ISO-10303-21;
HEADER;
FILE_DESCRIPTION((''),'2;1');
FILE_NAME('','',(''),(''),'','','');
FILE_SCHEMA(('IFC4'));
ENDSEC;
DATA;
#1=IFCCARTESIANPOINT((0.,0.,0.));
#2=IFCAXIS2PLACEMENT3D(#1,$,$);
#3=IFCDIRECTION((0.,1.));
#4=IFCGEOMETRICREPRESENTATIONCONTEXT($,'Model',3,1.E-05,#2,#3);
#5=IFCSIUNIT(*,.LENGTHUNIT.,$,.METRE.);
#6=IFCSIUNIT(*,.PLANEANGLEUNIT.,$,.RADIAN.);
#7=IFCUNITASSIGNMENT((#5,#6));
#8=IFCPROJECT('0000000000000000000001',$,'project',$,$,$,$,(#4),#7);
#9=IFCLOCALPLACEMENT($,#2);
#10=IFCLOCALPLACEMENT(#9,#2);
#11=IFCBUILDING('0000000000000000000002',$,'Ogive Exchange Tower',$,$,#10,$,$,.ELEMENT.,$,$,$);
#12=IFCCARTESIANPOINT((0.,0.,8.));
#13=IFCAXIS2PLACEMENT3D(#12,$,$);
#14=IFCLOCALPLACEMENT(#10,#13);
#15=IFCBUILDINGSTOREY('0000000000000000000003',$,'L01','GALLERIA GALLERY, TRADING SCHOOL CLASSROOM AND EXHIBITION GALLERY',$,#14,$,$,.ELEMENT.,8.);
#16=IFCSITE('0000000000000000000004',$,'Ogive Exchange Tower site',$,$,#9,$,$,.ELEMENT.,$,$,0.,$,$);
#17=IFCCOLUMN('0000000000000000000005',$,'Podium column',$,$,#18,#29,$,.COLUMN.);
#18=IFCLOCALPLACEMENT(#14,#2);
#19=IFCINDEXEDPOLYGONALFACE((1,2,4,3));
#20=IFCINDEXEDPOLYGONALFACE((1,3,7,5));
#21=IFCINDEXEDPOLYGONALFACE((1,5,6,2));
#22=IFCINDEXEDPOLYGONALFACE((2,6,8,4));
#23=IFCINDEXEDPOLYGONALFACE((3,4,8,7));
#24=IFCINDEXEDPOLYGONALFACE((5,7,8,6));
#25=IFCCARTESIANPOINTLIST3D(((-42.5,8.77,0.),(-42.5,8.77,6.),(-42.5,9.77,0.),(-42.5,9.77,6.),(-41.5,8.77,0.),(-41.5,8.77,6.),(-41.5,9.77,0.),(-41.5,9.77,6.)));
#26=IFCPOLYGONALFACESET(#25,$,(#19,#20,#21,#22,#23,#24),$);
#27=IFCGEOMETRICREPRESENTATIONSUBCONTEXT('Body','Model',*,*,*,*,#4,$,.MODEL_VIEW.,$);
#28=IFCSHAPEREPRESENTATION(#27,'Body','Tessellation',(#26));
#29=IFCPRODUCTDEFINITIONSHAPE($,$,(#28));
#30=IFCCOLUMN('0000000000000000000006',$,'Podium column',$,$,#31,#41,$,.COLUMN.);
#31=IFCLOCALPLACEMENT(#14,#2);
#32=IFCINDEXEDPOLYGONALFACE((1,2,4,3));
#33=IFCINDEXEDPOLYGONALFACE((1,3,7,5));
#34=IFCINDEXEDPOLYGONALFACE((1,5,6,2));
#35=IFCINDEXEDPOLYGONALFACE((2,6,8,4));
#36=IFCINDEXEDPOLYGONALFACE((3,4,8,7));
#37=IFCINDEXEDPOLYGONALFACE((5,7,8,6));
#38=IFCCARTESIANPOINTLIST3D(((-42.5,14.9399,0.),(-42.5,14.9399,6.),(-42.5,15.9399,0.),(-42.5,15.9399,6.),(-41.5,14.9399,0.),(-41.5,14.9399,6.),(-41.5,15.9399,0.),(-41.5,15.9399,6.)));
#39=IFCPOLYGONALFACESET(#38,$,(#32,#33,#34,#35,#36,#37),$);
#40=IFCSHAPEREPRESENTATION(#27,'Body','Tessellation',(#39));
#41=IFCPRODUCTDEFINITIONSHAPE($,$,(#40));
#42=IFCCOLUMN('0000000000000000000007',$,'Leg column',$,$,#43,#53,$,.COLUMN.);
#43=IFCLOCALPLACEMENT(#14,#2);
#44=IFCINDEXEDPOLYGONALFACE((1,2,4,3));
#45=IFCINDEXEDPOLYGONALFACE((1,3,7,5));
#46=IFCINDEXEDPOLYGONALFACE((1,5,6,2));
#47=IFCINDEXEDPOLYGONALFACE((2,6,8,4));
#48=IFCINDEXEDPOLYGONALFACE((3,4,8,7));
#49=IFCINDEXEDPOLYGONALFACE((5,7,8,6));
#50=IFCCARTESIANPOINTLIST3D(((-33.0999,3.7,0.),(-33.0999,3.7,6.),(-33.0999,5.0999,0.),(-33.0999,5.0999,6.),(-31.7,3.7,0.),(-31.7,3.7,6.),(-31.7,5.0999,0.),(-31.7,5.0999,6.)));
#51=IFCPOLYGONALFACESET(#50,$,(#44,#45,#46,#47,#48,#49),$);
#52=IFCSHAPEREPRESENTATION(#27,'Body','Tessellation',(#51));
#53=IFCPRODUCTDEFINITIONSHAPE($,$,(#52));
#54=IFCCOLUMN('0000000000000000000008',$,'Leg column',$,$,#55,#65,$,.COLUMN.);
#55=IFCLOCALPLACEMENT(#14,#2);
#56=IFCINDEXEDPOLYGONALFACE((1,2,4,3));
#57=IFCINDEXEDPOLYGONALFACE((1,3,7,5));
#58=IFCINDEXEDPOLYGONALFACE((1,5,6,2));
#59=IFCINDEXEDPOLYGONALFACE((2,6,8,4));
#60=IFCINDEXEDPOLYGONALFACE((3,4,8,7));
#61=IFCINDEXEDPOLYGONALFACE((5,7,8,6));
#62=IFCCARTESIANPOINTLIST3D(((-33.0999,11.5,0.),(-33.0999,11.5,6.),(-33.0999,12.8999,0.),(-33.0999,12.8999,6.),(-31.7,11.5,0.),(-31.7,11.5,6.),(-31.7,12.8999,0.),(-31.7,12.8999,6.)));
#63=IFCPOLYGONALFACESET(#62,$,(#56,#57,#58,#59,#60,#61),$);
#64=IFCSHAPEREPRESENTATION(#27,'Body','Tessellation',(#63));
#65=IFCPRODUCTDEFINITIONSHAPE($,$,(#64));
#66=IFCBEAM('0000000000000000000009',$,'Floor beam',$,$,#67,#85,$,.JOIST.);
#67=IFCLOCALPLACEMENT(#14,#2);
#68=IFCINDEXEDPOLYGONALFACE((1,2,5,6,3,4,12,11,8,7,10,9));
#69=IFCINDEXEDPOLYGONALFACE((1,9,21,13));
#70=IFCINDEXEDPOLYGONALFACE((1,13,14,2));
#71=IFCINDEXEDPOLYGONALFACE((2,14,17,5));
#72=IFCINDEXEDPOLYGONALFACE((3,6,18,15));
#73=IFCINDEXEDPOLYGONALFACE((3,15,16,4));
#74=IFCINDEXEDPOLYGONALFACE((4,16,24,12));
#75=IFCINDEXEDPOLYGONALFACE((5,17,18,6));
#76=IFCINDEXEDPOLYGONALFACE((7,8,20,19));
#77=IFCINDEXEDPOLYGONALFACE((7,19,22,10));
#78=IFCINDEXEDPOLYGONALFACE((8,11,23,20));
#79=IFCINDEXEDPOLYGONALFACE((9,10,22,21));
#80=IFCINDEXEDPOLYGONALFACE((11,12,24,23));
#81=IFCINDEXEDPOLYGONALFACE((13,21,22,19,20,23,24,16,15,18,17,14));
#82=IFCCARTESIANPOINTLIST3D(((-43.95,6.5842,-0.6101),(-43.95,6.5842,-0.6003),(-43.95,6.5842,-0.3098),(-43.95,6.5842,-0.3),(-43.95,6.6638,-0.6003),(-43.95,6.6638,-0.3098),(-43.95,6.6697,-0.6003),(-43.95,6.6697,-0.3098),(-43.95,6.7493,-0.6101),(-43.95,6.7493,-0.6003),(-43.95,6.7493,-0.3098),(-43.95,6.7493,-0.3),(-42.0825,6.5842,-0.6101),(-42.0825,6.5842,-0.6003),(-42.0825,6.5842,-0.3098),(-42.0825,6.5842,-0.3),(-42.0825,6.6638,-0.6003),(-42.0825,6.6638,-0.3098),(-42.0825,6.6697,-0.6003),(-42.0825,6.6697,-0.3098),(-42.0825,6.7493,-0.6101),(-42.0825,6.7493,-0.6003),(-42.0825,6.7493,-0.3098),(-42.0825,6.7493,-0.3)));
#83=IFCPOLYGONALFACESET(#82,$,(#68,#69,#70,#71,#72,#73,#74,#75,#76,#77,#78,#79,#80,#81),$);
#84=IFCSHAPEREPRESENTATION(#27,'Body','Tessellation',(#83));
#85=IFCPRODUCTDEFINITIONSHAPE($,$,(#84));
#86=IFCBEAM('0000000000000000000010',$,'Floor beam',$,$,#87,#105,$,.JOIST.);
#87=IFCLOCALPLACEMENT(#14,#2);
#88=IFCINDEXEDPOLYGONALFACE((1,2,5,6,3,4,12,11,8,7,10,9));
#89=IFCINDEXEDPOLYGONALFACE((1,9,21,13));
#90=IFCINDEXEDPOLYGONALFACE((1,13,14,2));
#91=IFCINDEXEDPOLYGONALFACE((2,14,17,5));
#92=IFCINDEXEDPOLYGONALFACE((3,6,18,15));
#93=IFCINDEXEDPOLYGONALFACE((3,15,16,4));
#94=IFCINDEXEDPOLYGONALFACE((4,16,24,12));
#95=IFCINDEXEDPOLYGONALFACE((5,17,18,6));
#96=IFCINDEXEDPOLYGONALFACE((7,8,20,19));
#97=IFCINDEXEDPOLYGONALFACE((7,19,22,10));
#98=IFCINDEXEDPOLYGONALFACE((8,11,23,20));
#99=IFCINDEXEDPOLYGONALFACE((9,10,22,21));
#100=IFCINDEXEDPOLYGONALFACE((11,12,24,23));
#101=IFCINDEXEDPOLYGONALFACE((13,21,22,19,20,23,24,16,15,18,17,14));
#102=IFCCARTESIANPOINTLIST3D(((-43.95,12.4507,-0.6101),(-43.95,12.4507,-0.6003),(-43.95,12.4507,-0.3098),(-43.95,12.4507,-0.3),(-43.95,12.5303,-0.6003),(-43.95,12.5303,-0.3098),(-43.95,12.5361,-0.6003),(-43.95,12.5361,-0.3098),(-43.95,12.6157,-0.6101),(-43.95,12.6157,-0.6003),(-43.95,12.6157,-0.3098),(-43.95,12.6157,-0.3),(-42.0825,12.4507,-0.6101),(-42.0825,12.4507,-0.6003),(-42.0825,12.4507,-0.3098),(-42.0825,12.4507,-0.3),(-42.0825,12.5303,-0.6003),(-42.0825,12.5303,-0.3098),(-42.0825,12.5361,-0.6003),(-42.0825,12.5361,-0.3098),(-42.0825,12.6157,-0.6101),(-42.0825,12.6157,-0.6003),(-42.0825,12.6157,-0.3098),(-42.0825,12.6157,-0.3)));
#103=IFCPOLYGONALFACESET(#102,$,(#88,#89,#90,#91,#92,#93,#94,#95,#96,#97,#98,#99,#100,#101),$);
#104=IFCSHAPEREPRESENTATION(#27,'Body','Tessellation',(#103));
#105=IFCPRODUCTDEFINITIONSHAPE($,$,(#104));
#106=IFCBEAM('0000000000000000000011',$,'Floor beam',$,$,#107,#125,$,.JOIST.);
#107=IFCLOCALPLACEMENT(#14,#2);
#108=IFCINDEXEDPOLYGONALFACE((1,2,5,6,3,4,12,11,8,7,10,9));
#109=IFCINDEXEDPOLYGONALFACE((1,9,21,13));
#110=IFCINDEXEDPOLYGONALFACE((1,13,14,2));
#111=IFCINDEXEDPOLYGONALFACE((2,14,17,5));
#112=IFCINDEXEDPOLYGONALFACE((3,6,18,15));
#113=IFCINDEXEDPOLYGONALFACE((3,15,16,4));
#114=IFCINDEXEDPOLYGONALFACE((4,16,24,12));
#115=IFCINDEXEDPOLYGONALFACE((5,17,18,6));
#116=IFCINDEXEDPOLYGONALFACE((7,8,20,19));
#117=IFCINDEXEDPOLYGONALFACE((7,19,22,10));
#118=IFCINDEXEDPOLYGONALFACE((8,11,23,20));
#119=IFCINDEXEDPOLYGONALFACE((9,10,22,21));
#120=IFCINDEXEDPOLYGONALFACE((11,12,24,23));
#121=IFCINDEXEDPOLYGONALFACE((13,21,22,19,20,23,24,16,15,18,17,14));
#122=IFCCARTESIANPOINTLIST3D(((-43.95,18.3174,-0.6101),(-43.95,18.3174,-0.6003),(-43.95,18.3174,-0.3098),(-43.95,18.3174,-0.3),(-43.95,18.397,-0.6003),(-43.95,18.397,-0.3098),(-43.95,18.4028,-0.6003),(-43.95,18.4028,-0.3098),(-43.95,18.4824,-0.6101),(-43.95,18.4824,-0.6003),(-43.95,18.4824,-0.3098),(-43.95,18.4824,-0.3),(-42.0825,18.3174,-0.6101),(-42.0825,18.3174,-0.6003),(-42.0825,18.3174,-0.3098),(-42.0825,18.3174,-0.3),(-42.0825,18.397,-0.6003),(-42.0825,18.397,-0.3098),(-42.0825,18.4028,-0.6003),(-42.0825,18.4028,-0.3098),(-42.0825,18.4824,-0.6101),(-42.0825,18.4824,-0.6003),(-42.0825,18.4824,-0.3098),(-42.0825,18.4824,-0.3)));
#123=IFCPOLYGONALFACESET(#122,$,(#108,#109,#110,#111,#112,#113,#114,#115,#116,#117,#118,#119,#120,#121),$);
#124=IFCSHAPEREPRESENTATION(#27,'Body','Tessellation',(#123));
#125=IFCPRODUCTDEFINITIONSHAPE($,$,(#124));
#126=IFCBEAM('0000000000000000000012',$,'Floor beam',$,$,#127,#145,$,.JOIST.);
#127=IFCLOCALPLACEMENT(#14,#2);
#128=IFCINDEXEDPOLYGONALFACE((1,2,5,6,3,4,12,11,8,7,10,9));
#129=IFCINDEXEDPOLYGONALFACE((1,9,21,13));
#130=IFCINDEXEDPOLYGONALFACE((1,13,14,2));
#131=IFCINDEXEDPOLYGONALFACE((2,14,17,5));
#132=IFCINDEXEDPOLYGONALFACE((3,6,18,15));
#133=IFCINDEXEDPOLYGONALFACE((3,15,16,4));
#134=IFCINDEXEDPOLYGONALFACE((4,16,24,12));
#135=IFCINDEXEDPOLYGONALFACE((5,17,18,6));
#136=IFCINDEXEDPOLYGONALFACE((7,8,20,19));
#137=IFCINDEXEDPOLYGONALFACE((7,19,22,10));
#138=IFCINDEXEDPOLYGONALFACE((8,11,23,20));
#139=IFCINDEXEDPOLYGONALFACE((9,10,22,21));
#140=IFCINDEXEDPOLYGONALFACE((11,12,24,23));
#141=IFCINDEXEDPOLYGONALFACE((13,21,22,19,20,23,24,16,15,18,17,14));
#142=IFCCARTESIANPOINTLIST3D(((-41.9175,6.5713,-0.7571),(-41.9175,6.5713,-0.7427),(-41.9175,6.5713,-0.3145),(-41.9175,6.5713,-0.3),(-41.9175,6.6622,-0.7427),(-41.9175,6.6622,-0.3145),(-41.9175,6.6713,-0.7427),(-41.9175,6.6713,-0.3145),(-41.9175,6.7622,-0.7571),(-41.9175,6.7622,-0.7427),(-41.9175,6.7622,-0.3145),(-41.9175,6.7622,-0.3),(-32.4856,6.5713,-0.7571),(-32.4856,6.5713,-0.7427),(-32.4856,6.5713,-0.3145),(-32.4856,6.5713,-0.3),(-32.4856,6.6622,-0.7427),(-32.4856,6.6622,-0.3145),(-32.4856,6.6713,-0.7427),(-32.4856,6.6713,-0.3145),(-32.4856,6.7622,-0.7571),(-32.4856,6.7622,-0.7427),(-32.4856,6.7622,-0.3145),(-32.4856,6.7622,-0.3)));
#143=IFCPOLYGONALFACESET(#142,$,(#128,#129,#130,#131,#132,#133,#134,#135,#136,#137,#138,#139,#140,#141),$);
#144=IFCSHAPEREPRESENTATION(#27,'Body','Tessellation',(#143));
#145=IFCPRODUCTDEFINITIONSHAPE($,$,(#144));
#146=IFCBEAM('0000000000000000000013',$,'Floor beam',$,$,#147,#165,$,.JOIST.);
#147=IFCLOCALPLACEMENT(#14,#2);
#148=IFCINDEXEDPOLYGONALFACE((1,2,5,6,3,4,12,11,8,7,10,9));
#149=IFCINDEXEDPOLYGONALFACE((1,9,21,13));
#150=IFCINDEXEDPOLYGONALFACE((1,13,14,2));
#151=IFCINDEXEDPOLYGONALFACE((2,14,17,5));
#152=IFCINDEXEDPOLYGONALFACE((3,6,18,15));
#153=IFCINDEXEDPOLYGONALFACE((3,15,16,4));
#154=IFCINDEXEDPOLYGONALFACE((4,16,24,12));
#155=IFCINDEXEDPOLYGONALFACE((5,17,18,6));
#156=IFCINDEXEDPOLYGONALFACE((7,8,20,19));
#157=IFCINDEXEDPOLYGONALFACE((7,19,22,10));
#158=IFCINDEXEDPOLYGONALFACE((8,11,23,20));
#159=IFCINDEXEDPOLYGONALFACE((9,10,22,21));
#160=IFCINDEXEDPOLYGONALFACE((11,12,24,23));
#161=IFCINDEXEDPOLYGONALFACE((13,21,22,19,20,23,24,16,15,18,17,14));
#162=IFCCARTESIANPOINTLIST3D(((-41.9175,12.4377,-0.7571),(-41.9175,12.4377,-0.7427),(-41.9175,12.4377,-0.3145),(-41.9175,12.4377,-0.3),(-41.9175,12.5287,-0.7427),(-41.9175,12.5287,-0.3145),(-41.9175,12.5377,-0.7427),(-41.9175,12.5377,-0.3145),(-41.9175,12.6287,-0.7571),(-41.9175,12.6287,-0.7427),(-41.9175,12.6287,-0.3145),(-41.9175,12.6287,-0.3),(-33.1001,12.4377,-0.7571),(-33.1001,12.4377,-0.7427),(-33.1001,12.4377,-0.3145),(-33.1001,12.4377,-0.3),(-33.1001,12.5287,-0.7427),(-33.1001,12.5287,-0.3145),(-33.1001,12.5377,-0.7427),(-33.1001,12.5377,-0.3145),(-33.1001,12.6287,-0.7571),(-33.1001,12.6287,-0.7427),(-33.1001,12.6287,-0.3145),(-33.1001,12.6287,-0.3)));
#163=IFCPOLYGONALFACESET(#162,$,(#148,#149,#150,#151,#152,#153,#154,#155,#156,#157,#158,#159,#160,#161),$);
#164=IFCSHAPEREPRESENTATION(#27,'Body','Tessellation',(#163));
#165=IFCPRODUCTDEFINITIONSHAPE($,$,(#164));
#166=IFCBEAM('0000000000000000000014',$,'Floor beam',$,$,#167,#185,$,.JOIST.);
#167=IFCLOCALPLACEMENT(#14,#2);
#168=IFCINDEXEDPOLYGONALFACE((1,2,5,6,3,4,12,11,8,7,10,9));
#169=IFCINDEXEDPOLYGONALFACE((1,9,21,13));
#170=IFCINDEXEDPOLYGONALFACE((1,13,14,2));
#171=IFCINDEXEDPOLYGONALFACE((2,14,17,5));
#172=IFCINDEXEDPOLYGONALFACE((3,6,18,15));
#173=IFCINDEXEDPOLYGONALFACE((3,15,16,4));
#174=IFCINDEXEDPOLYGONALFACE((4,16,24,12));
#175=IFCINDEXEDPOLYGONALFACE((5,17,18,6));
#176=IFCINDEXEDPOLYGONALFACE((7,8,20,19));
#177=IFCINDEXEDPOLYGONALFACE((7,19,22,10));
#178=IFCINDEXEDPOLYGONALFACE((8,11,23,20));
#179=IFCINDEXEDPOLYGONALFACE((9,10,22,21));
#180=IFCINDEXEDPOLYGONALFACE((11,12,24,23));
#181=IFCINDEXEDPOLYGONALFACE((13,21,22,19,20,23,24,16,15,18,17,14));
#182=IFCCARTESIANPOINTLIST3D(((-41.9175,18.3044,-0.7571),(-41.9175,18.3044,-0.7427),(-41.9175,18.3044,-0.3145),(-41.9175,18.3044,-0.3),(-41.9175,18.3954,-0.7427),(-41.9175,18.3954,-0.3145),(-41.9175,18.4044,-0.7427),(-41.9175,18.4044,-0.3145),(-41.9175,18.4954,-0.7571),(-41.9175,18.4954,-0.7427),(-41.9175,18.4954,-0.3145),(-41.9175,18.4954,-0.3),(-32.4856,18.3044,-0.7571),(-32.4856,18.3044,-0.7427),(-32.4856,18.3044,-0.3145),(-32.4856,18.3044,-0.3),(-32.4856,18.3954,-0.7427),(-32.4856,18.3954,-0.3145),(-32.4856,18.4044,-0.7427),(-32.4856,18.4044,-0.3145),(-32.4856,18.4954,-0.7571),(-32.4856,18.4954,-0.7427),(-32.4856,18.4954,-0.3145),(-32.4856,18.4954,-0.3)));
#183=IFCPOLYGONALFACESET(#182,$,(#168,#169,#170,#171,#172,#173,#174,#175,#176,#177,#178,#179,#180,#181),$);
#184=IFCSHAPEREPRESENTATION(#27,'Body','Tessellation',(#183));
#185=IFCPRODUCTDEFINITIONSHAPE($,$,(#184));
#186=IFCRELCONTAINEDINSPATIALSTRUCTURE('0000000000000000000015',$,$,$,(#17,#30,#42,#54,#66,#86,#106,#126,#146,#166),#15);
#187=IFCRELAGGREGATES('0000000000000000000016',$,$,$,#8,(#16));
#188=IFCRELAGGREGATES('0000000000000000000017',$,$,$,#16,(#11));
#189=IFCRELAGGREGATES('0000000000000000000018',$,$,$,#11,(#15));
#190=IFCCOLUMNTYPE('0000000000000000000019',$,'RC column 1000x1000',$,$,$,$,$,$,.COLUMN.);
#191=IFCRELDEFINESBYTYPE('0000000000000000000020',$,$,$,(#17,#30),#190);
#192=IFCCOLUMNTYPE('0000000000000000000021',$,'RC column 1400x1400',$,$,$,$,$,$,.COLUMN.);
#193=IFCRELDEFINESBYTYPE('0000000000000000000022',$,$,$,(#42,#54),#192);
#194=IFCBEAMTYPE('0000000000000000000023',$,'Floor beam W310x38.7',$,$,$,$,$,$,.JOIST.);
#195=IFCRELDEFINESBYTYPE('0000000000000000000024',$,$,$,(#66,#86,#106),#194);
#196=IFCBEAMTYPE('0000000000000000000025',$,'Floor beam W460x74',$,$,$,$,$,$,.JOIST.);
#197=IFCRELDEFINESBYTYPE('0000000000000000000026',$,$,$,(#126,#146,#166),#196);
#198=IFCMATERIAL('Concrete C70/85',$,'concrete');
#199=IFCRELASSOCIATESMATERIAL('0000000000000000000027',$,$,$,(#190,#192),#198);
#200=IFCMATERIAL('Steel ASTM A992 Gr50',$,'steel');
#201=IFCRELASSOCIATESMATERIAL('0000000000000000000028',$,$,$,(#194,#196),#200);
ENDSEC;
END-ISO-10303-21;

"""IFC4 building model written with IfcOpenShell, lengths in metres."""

from ifc_helpers import new_model, si_unit, direction, frame, origin, origin_2d, place, context, subcontext, project, spatial, rectangle, i_section, extrude, material, material_profile, profile_set, type_object, element, save


model = new_model("IFC4")

# Units and contexts
model_context = context("Model", 3, precision=1e-05, world=origin(), true_north=direction((0.0, 1.0)))
body_context = subcontext(model_context, "Body", "Model", "MODEL_VIEW")
ifc_project = project(units=[si_unit("LENGTHUNIT", "METRE"), si_unit("PLANEANGLEUNIT", "RADIAN")], contexts=[model_context])

# Site, building, storey
site_placement = place(None, origin())
site = spatial("IfcSite", under=ifc_project, at=site_placement, Name="Ogive Exchange Tower site", CompositionType="ELEMENT", RefElevation=0.0)
building_placement = place(site_placement, origin())
building = spatial("IfcBuilding", under=site, at=building_placement, Name="Ogive Exchange Tower", CompositionType="ELEMENT")
storey_placement = place(building_placement, frame((0.0, 0.0, 8.0)))
storey = spatial("IfcBuildingStorey", under=building, at=storey_placement, Name="L01", Description="GALLERIA GALLERY, TRADING SCHOOL CLASSROOM AND EXHIBITION GALLERY", CompositionType="ELEMENT", Elevation=8.0)

# Columns
ifc_material_1 = material(Name="Concrete C70/85", Category="concrete")
ifc_material_profile_1 = material_profile(ifc_material_1, rectangle(XDim=1.0, YDim=1.0, at=origin_2d()), Name="RC 1000x1000")
ifc_profile_set_1 = profile_set([ifc_material_profile_1], Name="Concrete C70/85")
column_type_1 = type_object("IfcColumnType", Name="RC column 1000x1000", PredefinedType="COLUMN", material=ifc_profile_set_1)
for number, where, z_axis, x_axis, name in (
    (1, (-42.0, 9.27, 0.0), (0.0, 0.0, 1.0), (1.0, 0.0, 0.0), "Podium column"),
    (2, (-42.0, 15.4399, 0.0), (0.0, 0.0, 1.0), (1.0, 0.0, 0.0), "Podium column"),
):
    element("IfcColumn", number, at=place(storey_placement, frame(where, z_axis=z_axis, x_axis=x_axis)), inside=storey, type_object=column_type_1, Name=name, PredefinedType="COLUMN", context=body_context, shape_type="SweptSolid", body=[
        extrude(rectangle(XDim=1.0, YDim=1.0, at=origin_2d()), origin(), (0.0, 0.0, 1.0), 6.0),
    ])
ifc_material_profile_2 = material_profile(ifc_material_1, rectangle(XDim=1.3999, YDim=1.3999, at=origin_2d()), Name="RC 1400x1400")
ifc_profile_set_2 = profile_set([ifc_material_profile_2], Name="Concrete C70/85")
column_type_2 = type_object("IfcColumnType", Name="RC column 1400x1400", PredefinedType="COLUMN", material=ifc_profile_set_2)
for number, where, z_axis, x_axis, name in (
    (3, (-32.3999, 4.3999, 0.0), (0.0, 0.0, 1.0), (1.0, 0.0, 0.0), "Leg column"),
    (4, (-32.3999, 12.2, 0.0), (0.0, 0.0, 1.0), (1.0, 0.0, 0.0), "Leg column"),
):
    element("IfcColumn", number, at=place(storey_placement, frame(where, z_axis=z_axis, x_axis=x_axis)), inside=storey, type_object=column_type_2, Name=name, PredefinedType="COLUMN", context=body_context, shape_type="SweptSolid", body=[
        extrude(rectangle(XDim=1.3999, YDim=1.3999, at=origin_2d()), origin(), (0.0, 0.0, 1.0), 6.0),
    ])

# Beams
ifc_material_2 = material(Name="Steel ASTM A992 Gr50", Category="steel")
ifc_material_profile_3 = material_profile(ifc_material_2, i_section(OverallWidth=0.165, OverallDepth=0.3101, WebThickness=0.0059, FlangeThickness=0.0098, at=origin_2d()), Name="W310x38.7")
ifc_profile_set_3 = profile_set([ifc_material_profile_3], Name="Steel ASTM A992 Gr50")
beam_type_1 = type_object("IfcBeamType", Name="Floor beam W310x38.7", PredefinedType="JOIST", material=ifc_profile_set_3)
for number, where, z_axis, x_axis, name in (
    (5, (-43.95, 6.6667, -0.4551), (1.0, 0.0, 0.0), (0.0, 1.0, 0.0), "Floor beam"),
    (6, (-43.95, 12.5332, -0.4551), (1.0, 0.0, 0.0), (0.0, 1.0, 0.0), "Floor beam"),
    (7, (-43.95, 18.3999, -0.4551), (1.0, 0.0, 0.0), (0.0, 1.0, 0.0), "Floor beam"),
):
    element("IfcBeam", number, at=place(storey_placement, frame(where, z_axis=z_axis, x_axis=x_axis)), inside=storey, type_object=beam_type_1, Name=name, PredefinedType="JOIST", context=body_context, shape_type="SweptSolid", body=[
        extrude(i_section(OverallWidth=0.165, OverallDepth=0.3101, WebThickness=0.0059, FlangeThickness=0.0098, at=origin_2d()), origin(), (0.0, 0.0, 1.0), 1.8674),
    ])
ifc_material_profile_4 = material_profile(ifc_material_2, i_section(OverallWidth=0.1909, OverallDepth=0.457, WebThickness=0.009, FlangeThickness=0.0144, at=origin_2d()), Name="W460x74")
ifc_profile_set_4 = profile_set([ifc_material_profile_4], Name="Steel ASTM A992 Gr50")
beam_type_2 = type_object("IfcBeamType", Name="Floor beam W460x74", PredefinedType="JOIST", material=ifc_profile_set_4)
beam_1_placement = place(storey_placement, frame((-41.9175, 6.6667, -0.5286), z_axis=(1.0, 0.0, 0.0), x_axis=(0.0, 1.0, 0.0)))
element("IfcBeam", 8, at=beam_1_placement, inside=storey, type_object=beam_type_2, Name="Floor beam", PredefinedType="JOIST", context=body_context, shape_type="SweptSolid", body=[
    extrude(i_section(OverallWidth=0.1909, OverallDepth=0.457, WebThickness=0.009, FlangeThickness=0.0144, at=origin_2d()), origin(), (0.0, 0.0, 1.0), 9.4319),
])
beam_2_placement = place(storey_placement, frame((-41.9175, 12.5332, -0.5286), z_axis=(1.0, 0.0, 0.0), x_axis=(0.0, 1.0, 0.0)))
element("IfcBeam", 9, at=beam_2_placement, inside=storey, type_object=beam_type_2, Name="Floor beam", PredefinedType="JOIST", context=body_context, shape_type="SweptSolid", body=[
    extrude(i_section(OverallWidth=0.1909, OverallDepth=0.457, WebThickness=0.009, FlangeThickness=0.0144, at=origin_2d()), origin(), (0.0, 0.0, 1.0), 8.8174),
])
beam_3_placement = place(storey_placement, frame((-41.9175, 18.3999, -0.5286), z_axis=(1.0, 0.0, 0.0), x_axis=(0.0, 1.0, 0.0)))
element("IfcBeam", 10, at=beam_3_placement, inside=storey, type_object=beam_type_2, Name="Floor beam", PredefinedType="JOIST", context=body_context, shape_type="SweptSolid", body=[
    extrude(i_section(OverallWidth=0.1909, OverallDepth=0.457, WebThickness=0.009, FlangeThickness=0.0144, at=origin_2d()), origin(), (0.0, 0.0, 1.0), 9.4319),
])

save(model, "model.ifc")
